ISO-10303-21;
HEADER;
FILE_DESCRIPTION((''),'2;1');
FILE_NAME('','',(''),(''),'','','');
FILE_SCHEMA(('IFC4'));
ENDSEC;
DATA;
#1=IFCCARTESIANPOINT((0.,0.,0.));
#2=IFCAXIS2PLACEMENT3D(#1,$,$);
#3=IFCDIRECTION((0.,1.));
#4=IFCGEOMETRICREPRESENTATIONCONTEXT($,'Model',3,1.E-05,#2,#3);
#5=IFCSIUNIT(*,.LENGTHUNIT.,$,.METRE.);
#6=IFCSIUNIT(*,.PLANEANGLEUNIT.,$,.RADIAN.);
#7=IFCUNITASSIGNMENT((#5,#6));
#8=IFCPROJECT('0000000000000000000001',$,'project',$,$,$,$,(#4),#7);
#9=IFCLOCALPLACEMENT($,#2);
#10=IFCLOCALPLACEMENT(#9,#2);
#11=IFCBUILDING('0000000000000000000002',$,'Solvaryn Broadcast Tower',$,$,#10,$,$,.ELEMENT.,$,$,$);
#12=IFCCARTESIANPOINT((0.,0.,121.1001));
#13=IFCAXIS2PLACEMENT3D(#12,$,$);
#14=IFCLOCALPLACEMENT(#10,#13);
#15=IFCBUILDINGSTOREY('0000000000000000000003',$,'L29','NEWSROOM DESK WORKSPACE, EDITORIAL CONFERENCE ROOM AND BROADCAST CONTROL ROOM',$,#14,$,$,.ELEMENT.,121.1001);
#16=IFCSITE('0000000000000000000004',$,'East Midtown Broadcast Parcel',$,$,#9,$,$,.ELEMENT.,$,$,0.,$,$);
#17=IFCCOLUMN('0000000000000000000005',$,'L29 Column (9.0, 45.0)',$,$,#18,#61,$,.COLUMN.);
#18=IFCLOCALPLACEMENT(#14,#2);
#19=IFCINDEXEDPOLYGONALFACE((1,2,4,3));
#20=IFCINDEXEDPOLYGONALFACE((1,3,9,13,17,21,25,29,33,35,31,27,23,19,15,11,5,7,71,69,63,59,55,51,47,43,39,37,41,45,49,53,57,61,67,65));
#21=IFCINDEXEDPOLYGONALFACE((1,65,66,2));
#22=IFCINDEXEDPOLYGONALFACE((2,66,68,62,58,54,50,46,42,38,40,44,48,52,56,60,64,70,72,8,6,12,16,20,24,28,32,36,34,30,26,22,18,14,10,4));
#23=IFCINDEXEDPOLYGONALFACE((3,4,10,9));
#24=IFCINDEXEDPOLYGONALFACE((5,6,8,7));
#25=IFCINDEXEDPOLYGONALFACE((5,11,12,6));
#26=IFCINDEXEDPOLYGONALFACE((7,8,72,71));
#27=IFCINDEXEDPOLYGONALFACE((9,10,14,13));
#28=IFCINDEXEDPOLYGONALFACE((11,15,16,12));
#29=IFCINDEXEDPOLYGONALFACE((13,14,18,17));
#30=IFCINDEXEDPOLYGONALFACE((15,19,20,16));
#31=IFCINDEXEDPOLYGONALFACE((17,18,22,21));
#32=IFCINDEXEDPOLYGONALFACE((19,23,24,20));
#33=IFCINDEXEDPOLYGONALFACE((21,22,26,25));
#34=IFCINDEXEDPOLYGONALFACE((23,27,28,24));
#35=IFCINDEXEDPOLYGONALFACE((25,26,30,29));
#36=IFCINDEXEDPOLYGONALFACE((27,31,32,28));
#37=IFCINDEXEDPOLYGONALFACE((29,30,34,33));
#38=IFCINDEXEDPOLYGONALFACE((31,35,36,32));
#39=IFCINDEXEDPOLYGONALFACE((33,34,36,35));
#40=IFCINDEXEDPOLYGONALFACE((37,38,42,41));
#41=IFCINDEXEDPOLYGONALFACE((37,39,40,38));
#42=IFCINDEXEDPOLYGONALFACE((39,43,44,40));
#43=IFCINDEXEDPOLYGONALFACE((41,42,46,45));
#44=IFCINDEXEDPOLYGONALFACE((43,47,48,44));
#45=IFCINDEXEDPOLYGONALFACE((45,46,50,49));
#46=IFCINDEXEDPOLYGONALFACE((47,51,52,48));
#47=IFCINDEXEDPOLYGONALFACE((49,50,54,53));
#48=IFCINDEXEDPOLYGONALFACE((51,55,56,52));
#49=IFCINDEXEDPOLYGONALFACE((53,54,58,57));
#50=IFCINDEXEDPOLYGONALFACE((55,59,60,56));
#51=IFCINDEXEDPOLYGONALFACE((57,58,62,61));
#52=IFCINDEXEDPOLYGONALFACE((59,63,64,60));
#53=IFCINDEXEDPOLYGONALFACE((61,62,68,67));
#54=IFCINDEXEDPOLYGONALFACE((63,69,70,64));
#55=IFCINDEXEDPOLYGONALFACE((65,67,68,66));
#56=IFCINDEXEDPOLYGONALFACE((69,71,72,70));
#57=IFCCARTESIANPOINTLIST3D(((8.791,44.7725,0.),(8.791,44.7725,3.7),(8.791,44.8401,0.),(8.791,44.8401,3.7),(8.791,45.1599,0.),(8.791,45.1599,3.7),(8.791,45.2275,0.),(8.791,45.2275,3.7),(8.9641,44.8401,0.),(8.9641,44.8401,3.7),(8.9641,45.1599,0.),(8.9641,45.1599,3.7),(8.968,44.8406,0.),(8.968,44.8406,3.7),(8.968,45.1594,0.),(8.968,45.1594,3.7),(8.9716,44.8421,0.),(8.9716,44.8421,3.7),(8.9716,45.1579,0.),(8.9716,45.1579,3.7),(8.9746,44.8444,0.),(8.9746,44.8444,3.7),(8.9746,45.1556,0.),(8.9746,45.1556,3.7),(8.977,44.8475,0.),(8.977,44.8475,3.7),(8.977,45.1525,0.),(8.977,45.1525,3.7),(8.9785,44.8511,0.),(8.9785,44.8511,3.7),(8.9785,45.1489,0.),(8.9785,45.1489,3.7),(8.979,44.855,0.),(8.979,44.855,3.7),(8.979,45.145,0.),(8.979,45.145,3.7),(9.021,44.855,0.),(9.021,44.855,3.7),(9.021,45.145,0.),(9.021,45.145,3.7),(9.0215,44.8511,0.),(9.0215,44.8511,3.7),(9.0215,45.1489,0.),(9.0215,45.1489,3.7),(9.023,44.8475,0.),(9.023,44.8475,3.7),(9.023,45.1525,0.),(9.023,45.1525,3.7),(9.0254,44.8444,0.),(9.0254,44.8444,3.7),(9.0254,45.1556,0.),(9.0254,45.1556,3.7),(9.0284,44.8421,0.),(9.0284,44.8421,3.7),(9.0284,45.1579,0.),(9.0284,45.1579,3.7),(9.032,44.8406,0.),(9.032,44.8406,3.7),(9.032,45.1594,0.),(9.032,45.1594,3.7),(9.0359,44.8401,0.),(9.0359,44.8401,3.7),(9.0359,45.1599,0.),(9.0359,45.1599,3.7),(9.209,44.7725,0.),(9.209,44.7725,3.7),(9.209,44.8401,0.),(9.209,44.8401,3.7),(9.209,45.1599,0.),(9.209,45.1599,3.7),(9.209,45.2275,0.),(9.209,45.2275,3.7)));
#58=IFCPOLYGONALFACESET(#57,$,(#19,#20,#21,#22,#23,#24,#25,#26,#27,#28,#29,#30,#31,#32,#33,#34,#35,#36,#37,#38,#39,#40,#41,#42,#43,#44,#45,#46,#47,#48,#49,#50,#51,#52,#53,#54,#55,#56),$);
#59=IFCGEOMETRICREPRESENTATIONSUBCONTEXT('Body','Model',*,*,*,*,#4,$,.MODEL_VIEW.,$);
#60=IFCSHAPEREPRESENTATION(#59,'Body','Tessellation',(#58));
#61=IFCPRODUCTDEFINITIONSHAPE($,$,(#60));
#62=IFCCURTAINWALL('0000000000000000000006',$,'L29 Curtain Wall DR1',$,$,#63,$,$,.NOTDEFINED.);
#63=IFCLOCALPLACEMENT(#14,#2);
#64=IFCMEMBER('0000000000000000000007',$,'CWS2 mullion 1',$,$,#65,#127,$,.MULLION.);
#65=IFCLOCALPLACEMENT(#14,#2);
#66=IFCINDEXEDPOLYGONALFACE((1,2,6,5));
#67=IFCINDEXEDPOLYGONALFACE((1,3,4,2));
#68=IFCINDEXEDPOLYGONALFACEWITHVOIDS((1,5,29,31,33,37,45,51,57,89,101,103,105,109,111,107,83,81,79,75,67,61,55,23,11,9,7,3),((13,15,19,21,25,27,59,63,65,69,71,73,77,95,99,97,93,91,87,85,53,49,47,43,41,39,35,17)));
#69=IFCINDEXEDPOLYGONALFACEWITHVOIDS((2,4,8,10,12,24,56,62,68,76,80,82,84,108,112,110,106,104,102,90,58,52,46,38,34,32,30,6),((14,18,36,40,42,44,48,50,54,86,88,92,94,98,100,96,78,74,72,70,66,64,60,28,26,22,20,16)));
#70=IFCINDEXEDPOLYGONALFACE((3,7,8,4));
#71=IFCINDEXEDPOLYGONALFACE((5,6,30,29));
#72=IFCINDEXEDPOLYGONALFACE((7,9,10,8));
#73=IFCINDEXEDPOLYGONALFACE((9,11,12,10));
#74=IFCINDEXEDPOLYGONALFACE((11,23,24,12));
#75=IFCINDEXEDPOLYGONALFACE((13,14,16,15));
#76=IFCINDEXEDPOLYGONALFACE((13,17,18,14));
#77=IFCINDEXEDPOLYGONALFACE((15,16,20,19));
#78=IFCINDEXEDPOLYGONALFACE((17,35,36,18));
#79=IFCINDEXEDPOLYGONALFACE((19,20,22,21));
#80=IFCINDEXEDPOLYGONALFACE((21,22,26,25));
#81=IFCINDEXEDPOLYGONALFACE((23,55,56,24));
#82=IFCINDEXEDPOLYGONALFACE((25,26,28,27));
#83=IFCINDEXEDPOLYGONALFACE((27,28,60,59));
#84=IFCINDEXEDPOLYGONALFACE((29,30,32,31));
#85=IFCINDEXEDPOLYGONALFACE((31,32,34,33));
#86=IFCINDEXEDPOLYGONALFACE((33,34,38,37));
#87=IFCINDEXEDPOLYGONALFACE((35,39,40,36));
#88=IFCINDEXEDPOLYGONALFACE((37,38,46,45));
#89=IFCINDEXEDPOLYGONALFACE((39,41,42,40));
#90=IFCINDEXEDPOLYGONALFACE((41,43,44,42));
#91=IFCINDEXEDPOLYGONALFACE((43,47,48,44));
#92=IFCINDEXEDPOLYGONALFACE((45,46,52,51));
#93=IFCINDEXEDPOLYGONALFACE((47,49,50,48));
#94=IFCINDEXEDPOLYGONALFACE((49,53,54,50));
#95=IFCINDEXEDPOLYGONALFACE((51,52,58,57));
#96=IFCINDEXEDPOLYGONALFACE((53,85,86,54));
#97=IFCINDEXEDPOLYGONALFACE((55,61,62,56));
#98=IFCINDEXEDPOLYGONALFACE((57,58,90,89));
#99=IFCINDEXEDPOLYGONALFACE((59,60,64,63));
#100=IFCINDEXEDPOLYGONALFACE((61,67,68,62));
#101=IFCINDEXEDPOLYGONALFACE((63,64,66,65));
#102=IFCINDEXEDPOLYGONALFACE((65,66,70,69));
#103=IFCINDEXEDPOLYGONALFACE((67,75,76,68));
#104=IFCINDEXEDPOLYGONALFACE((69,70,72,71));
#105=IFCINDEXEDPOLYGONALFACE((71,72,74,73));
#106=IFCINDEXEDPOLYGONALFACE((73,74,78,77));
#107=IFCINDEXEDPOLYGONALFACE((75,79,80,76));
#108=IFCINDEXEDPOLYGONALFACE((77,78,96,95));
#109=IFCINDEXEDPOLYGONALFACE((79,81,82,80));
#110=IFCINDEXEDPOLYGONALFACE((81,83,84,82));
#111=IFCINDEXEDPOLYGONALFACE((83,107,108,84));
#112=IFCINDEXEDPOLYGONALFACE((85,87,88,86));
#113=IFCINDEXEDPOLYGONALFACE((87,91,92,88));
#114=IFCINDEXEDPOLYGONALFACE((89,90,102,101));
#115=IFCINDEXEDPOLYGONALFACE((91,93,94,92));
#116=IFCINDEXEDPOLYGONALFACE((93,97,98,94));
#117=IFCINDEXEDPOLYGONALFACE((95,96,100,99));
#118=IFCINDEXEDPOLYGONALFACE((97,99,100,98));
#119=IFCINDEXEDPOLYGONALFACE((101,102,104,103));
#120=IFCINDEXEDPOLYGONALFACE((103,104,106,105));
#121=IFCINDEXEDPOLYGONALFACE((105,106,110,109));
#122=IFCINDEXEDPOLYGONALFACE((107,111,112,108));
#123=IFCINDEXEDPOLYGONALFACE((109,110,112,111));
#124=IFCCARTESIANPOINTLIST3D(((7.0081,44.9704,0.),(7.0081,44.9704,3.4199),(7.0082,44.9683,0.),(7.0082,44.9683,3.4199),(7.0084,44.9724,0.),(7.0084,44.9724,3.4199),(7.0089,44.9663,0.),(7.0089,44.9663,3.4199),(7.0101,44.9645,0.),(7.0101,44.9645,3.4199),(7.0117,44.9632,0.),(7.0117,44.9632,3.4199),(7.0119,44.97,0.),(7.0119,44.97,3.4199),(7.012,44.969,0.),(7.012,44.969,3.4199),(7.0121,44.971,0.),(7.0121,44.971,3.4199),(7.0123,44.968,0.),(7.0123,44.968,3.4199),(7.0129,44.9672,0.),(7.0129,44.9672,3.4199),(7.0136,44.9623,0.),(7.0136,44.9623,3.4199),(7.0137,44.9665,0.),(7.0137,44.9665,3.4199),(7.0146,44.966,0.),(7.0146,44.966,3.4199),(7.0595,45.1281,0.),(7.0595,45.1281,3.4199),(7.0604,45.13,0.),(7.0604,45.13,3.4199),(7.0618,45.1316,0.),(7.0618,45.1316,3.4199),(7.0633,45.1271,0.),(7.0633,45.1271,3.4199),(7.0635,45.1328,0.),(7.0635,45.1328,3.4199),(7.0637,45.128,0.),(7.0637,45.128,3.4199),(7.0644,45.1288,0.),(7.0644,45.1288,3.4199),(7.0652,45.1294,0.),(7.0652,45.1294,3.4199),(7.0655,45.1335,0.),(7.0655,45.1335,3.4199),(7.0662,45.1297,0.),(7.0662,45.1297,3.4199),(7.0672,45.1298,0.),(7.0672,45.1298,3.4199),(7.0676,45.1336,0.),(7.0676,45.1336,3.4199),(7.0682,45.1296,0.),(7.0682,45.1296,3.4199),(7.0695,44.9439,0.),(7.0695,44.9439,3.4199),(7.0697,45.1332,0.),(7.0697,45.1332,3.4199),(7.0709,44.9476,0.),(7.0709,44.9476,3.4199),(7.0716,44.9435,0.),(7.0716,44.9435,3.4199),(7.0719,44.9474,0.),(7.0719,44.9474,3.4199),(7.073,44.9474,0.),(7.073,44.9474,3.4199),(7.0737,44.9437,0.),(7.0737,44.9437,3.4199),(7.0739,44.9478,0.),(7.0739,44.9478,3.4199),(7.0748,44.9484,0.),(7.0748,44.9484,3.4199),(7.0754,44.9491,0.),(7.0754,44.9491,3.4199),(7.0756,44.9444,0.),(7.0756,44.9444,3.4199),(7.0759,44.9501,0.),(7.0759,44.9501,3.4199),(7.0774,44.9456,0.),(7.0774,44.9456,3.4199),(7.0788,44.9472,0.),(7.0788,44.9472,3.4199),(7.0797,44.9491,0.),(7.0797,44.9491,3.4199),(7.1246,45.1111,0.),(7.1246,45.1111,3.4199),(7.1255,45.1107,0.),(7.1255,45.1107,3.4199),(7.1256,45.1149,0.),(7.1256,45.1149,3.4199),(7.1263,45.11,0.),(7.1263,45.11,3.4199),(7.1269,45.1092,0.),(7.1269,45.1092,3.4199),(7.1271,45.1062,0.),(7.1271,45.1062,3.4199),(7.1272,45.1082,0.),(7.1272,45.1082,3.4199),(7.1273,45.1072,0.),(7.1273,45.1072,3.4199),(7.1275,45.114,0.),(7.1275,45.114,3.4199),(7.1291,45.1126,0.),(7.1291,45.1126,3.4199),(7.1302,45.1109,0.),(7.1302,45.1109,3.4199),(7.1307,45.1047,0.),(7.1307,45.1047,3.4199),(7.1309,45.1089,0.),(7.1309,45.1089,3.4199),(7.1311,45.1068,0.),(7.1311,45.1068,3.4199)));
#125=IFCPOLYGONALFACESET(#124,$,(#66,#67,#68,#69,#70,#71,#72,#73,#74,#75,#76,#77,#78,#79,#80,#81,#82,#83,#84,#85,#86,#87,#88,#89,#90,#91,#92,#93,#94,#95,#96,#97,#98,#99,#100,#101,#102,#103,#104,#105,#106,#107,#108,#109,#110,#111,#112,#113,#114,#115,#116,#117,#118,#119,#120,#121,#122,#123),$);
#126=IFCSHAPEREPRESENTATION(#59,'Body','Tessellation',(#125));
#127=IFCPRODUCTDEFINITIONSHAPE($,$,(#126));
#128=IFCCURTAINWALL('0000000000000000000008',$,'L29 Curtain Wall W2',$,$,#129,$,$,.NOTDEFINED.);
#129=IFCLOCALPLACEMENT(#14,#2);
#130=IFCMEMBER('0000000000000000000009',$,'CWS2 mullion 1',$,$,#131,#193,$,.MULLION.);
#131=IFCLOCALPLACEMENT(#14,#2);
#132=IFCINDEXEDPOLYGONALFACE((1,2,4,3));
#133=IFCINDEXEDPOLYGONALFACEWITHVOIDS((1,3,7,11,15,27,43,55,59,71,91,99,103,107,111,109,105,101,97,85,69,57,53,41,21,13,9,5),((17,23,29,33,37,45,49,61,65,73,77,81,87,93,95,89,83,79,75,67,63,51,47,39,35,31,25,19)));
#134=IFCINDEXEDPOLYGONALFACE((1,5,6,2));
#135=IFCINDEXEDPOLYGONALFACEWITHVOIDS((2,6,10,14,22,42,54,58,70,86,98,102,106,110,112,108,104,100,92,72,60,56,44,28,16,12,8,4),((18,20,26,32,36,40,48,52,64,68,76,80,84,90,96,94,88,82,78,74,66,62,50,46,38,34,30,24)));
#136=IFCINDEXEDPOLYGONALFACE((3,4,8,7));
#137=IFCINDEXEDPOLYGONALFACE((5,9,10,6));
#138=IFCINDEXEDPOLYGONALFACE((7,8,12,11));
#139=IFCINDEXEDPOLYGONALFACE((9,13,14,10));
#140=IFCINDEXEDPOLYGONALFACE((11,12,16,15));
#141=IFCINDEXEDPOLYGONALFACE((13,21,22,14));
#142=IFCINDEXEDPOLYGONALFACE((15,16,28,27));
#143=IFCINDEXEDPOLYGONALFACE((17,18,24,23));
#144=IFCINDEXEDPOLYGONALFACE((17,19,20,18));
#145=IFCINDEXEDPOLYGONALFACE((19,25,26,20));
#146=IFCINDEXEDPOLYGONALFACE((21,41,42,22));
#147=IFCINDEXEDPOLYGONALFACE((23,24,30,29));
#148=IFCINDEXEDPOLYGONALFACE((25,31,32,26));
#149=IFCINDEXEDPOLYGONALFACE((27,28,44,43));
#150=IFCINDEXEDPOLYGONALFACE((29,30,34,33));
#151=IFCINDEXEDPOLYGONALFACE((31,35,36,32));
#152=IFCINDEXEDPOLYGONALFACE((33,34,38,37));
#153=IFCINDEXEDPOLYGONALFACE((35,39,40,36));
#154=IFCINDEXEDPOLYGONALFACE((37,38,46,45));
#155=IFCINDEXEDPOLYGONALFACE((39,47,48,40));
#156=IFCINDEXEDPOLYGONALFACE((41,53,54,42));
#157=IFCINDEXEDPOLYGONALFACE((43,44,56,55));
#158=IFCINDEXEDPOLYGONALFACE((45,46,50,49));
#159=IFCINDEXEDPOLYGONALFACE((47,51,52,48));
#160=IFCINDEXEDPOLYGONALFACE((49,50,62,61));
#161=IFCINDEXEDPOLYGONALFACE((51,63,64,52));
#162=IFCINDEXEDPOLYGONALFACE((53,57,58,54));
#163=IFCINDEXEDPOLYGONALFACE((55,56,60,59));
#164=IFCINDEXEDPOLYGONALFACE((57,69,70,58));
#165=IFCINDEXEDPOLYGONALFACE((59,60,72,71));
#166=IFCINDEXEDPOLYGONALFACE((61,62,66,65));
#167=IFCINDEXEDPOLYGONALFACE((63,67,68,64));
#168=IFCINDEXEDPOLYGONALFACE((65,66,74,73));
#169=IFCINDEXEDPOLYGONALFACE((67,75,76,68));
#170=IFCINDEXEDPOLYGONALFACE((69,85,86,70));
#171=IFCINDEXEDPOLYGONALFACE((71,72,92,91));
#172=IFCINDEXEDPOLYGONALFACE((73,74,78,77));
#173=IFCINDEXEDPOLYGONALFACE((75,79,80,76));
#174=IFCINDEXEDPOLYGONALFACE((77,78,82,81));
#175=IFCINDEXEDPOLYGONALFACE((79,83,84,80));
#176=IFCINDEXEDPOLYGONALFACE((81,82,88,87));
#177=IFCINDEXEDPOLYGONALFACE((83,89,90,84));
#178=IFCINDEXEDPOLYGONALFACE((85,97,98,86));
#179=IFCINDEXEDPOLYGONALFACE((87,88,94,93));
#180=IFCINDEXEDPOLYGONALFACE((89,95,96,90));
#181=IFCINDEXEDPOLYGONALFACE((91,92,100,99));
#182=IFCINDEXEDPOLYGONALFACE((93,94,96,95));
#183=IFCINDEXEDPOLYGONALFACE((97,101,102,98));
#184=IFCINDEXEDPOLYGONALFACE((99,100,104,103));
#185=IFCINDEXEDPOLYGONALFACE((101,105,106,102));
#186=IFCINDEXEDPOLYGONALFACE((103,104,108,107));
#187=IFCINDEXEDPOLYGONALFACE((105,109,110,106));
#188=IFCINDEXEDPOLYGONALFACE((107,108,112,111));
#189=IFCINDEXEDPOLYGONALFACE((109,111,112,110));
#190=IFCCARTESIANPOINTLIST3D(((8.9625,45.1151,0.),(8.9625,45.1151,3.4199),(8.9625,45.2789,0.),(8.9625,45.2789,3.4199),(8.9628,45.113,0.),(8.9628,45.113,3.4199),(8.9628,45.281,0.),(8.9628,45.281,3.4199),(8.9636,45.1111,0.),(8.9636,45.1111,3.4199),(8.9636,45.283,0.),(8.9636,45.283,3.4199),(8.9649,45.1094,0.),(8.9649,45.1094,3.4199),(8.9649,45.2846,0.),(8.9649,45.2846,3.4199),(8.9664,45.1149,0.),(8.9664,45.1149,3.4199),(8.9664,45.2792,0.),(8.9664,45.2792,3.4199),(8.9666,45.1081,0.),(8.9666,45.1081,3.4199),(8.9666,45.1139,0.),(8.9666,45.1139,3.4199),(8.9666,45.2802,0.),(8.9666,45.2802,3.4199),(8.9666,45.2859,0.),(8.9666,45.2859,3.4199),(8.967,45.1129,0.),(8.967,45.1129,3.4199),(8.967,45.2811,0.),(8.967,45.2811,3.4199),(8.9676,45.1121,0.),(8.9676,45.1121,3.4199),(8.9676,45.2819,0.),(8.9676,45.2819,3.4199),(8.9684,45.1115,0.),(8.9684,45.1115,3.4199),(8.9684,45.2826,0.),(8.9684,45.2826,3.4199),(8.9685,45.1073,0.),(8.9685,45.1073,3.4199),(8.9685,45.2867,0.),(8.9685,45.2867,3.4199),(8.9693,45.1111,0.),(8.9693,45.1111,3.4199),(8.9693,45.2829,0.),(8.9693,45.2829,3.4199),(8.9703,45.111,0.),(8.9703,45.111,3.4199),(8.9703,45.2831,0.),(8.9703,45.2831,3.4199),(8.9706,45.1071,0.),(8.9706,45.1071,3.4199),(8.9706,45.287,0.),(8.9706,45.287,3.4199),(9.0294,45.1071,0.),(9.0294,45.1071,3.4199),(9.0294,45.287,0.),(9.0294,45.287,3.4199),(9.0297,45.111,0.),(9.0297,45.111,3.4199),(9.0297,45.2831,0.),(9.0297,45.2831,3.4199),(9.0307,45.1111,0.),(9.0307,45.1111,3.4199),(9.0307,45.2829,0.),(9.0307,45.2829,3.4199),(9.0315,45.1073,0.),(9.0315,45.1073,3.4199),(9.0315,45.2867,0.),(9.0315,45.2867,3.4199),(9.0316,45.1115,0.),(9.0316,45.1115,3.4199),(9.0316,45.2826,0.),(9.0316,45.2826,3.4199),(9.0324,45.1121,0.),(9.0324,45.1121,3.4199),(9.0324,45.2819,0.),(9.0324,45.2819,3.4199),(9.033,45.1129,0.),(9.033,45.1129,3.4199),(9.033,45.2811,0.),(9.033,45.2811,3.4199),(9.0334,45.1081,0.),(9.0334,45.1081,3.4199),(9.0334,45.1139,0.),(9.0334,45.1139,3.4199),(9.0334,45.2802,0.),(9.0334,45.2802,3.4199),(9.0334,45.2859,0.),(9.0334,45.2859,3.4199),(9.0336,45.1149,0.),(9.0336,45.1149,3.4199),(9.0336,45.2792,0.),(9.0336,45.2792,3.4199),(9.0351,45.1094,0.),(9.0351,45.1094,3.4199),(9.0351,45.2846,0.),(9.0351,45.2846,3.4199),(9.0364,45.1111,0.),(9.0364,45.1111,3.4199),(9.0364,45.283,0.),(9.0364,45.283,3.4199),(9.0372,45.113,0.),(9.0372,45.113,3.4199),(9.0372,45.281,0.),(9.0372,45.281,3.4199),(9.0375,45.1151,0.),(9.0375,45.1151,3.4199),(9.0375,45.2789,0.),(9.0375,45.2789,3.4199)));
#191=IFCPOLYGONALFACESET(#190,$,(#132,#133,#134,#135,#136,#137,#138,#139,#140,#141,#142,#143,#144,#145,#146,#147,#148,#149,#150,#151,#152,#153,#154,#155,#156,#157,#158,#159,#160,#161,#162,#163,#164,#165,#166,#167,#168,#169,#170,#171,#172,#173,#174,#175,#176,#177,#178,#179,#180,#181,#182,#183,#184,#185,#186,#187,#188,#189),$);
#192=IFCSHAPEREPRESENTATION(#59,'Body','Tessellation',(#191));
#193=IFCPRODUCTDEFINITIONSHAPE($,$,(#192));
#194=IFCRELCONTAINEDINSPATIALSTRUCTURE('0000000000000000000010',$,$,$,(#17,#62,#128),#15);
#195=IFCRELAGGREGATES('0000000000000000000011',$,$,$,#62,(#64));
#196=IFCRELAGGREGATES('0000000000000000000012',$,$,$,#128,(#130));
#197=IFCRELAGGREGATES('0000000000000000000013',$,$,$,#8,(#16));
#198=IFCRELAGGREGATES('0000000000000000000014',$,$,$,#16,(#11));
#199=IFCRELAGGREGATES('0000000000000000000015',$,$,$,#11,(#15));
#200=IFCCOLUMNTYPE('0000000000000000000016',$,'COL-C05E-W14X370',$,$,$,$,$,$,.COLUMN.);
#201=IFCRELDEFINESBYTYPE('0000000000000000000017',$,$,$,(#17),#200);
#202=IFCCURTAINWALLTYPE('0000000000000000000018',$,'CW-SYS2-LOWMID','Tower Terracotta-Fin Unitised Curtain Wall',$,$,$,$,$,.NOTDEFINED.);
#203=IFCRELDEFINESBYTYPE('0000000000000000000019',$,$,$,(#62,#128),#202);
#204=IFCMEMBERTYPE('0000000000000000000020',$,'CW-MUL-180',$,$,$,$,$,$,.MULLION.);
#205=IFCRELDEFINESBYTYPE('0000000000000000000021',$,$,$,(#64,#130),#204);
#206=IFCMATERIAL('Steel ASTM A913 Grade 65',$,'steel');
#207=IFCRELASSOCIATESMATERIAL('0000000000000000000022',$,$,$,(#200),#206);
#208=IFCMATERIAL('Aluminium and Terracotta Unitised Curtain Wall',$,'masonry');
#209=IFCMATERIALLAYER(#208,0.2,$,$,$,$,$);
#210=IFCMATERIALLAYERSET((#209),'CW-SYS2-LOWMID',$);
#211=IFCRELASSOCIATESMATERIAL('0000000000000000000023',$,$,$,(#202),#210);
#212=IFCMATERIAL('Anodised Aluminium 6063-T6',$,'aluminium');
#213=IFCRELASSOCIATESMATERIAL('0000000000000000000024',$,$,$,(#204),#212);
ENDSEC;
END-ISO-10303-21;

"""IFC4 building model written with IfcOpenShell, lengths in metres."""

from ifc_helpers import new_model, si_unit, direction, frame, origin, origin_2d, place, context, subcontext, project, spatial, hollow_rectangle, i_section, extrude, material, layer, layer_set, material_profile, profile_set, type_object, element, aggregate, save


model = new_model("IFC4")

# Units and contexts
model_context = context("Model", 3, precision=1e-05, world=origin(), true_north=direction((0.0, 1.0)))
body_context = subcontext(model_context, "Body", "Model", "MODEL_VIEW")
ifc_project = project(units=[si_unit("LENGTHUNIT", "METRE"), si_unit("PLANEANGLEUNIT", "RADIAN")], contexts=[model_context])

# Site, building, storey
site_placement = place(None, origin())
site = spatial("IfcSite", under=ifc_project, at=site_placement, Name="East Midtown Broadcast Parcel", CompositionType="ELEMENT", RefElevation=0.0)
building_placement = place(site_placement, origin())
building = spatial("IfcBuilding", under=site, at=building_placement, Name="Solvaryn Broadcast Tower", CompositionType="ELEMENT")
storey_placement = place(building_placement, frame((0.0, 0.0, 121.1001)))
storey = spatial("IfcBuildingStorey", under=building, at=storey_placement, Name="L29", Description="NEWSROOM DESK WORKSPACE, EDITORIAL CONFERENCE ROOM AND BROADCAST CONTROL ROOM", CompositionType="ELEMENT", Elevation=121.1001)

# Column
ifc_material_1 = material(Name="Steel ASTM A913 Grade 65", Category="steel")
ifc_material_profile_1 = material_profile(ifc_material_1, i_section(OverallWidth=0.418, OverallDepth=0.4551, WebThickness=0.042, FlangeThickness=0.0676, FilletRadius=0.0149, at=origin_2d()))
ifc_profile_set_1 = profile_set([ifc_material_profile_1], Name="Steel ASTM A913 Grade 65")
column_type = type_object("IfcColumnType", Name="COL-C05E-W14X370", PredefinedType="COLUMN", material=ifc_profile_set_1)
column_placement = place(storey_placement, frame((9.0, 45.0, 0.0), z_axis=(0.0, 0.0, 1.0), x_axis=(1.0, 0.0, 0.0)))
element("IfcColumn", 1, at=column_placement, inside=storey, type_object=column_type, Name="L29 Column (9.0, 45.0)", PredefinedType="COLUMN", context=body_context, shape_type="SweptSolid", body=[
    extrude(i_section(OverallWidth=0.418, OverallDepth=0.4551, WebThickness=0.042, FlangeThickness=0.0676, FilletRadius=0.0149, at=origin_2d()), origin(), (0.0, 0.0, 1.0), 3.7),
])

# Curtain wall, member
ifc_material_2 = material(Name="Aluminium and Terracotta Unitised Curtain Wall", Category="masonry")
ifc_layer_1 = layer(ifc_material_2, 0.2)
ifc_layer_set_1 = layer_set([ifc_layer_1], Name="CW-SYS2-LOWMID")
curtain_wall_type = type_object("IfcCurtainWallType", Name="CW-SYS2-LOWMID", Description="Tower Terracotta-Fin Unitised Curtain Wall", PredefinedType="NOTDEFINED", material=ifc_layer_set_1)
curtain_wall_1_placement = place(storey_placement, origin())
curtain_wall_1 = element("IfcCurtainWall", 2, at=curtain_wall_1_placement, inside=storey, type_object=curtain_wall_type, Name="L29 Curtain Wall DR1", PredefinedType="NOTDEFINED")
ifc_material_3 = material(Name="Anodised Aluminium 6063-T6", Category="aluminium")
ifc_material_profile_2 = material_profile(ifc_material_3, hollow_rectangle(XDim=0.075, YDim=0.1799, WallThickness=0.0039, InnerFilletRadius=0.0039, OuterFilletRadius=0.0081, at=origin_2d()))
ifc_profile_set_2 = profile_set([ifc_material_profile_2], Name="Anodised Aluminium 6063-T6")
member_type_1 = type_object("IfcMemberType", Name="CW-MUL-180", PredefinedType="MULLION", material=ifc_profile_set_2)
member_1_placement = place(storey_placement, frame((7.0696, 45.0386, 0.0), z_axis=(0.0, 0.0, 1.0), x_axis=(0.950198, -0.311646, 0.0)))
member_1 = element("IfcMember", 3, at=member_1_placement, type_object=member_type_1, Name="CWS2 mullion 1", PredefinedType="MULLION", context=body_context, shape_type="SweptSolid", body=[
    extrude(hollow_rectangle(XDim=0.075, YDim=0.1799, WallThickness=0.0039, InnerFilletRadius=0.0039, OuterFilletRadius=0.0081, at=origin_2d()), origin(), (0.0, 0.0, 1.0), 3.4199),
])

# Curtain wall, member
curtain_wall_2_placement = place(storey_placement, origin())
curtain_wall_2 = element("IfcCurtainWall", 4, at=curtain_wall_2_placement, inside=storey, type_object=curtain_wall_type, Name="L29 Curtain Wall W2", PredefinedType="NOTDEFINED")
member_2_placement = place(storey_placement, frame((9.0, 45.197, 0.0), z_axis=(0.0, 0.0, 1.0), x_axis=(-1.0, 0.0, 0.0)))
member_2 = element("IfcMember", 5, at=member_2_placement, type_object=member_type_1, Name="CWS2 mullion 1", PredefinedType="MULLION", context=body_context, shape_type="SweptSolid", body=[
    extrude(hollow_rectangle(XDim=0.075, YDim=0.1799, WallThickness=0.0039, InnerFilletRadius=0.0039, OuterFilletRadius=0.0081, at=origin_2d()), origin(), (0.0, 0.0, 1.0), 3.4199),
])

aggregate(curtain_wall_1, [member_1])

aggregate(curtain_wall_2, [member_2])

save(model, "model.ifc")
